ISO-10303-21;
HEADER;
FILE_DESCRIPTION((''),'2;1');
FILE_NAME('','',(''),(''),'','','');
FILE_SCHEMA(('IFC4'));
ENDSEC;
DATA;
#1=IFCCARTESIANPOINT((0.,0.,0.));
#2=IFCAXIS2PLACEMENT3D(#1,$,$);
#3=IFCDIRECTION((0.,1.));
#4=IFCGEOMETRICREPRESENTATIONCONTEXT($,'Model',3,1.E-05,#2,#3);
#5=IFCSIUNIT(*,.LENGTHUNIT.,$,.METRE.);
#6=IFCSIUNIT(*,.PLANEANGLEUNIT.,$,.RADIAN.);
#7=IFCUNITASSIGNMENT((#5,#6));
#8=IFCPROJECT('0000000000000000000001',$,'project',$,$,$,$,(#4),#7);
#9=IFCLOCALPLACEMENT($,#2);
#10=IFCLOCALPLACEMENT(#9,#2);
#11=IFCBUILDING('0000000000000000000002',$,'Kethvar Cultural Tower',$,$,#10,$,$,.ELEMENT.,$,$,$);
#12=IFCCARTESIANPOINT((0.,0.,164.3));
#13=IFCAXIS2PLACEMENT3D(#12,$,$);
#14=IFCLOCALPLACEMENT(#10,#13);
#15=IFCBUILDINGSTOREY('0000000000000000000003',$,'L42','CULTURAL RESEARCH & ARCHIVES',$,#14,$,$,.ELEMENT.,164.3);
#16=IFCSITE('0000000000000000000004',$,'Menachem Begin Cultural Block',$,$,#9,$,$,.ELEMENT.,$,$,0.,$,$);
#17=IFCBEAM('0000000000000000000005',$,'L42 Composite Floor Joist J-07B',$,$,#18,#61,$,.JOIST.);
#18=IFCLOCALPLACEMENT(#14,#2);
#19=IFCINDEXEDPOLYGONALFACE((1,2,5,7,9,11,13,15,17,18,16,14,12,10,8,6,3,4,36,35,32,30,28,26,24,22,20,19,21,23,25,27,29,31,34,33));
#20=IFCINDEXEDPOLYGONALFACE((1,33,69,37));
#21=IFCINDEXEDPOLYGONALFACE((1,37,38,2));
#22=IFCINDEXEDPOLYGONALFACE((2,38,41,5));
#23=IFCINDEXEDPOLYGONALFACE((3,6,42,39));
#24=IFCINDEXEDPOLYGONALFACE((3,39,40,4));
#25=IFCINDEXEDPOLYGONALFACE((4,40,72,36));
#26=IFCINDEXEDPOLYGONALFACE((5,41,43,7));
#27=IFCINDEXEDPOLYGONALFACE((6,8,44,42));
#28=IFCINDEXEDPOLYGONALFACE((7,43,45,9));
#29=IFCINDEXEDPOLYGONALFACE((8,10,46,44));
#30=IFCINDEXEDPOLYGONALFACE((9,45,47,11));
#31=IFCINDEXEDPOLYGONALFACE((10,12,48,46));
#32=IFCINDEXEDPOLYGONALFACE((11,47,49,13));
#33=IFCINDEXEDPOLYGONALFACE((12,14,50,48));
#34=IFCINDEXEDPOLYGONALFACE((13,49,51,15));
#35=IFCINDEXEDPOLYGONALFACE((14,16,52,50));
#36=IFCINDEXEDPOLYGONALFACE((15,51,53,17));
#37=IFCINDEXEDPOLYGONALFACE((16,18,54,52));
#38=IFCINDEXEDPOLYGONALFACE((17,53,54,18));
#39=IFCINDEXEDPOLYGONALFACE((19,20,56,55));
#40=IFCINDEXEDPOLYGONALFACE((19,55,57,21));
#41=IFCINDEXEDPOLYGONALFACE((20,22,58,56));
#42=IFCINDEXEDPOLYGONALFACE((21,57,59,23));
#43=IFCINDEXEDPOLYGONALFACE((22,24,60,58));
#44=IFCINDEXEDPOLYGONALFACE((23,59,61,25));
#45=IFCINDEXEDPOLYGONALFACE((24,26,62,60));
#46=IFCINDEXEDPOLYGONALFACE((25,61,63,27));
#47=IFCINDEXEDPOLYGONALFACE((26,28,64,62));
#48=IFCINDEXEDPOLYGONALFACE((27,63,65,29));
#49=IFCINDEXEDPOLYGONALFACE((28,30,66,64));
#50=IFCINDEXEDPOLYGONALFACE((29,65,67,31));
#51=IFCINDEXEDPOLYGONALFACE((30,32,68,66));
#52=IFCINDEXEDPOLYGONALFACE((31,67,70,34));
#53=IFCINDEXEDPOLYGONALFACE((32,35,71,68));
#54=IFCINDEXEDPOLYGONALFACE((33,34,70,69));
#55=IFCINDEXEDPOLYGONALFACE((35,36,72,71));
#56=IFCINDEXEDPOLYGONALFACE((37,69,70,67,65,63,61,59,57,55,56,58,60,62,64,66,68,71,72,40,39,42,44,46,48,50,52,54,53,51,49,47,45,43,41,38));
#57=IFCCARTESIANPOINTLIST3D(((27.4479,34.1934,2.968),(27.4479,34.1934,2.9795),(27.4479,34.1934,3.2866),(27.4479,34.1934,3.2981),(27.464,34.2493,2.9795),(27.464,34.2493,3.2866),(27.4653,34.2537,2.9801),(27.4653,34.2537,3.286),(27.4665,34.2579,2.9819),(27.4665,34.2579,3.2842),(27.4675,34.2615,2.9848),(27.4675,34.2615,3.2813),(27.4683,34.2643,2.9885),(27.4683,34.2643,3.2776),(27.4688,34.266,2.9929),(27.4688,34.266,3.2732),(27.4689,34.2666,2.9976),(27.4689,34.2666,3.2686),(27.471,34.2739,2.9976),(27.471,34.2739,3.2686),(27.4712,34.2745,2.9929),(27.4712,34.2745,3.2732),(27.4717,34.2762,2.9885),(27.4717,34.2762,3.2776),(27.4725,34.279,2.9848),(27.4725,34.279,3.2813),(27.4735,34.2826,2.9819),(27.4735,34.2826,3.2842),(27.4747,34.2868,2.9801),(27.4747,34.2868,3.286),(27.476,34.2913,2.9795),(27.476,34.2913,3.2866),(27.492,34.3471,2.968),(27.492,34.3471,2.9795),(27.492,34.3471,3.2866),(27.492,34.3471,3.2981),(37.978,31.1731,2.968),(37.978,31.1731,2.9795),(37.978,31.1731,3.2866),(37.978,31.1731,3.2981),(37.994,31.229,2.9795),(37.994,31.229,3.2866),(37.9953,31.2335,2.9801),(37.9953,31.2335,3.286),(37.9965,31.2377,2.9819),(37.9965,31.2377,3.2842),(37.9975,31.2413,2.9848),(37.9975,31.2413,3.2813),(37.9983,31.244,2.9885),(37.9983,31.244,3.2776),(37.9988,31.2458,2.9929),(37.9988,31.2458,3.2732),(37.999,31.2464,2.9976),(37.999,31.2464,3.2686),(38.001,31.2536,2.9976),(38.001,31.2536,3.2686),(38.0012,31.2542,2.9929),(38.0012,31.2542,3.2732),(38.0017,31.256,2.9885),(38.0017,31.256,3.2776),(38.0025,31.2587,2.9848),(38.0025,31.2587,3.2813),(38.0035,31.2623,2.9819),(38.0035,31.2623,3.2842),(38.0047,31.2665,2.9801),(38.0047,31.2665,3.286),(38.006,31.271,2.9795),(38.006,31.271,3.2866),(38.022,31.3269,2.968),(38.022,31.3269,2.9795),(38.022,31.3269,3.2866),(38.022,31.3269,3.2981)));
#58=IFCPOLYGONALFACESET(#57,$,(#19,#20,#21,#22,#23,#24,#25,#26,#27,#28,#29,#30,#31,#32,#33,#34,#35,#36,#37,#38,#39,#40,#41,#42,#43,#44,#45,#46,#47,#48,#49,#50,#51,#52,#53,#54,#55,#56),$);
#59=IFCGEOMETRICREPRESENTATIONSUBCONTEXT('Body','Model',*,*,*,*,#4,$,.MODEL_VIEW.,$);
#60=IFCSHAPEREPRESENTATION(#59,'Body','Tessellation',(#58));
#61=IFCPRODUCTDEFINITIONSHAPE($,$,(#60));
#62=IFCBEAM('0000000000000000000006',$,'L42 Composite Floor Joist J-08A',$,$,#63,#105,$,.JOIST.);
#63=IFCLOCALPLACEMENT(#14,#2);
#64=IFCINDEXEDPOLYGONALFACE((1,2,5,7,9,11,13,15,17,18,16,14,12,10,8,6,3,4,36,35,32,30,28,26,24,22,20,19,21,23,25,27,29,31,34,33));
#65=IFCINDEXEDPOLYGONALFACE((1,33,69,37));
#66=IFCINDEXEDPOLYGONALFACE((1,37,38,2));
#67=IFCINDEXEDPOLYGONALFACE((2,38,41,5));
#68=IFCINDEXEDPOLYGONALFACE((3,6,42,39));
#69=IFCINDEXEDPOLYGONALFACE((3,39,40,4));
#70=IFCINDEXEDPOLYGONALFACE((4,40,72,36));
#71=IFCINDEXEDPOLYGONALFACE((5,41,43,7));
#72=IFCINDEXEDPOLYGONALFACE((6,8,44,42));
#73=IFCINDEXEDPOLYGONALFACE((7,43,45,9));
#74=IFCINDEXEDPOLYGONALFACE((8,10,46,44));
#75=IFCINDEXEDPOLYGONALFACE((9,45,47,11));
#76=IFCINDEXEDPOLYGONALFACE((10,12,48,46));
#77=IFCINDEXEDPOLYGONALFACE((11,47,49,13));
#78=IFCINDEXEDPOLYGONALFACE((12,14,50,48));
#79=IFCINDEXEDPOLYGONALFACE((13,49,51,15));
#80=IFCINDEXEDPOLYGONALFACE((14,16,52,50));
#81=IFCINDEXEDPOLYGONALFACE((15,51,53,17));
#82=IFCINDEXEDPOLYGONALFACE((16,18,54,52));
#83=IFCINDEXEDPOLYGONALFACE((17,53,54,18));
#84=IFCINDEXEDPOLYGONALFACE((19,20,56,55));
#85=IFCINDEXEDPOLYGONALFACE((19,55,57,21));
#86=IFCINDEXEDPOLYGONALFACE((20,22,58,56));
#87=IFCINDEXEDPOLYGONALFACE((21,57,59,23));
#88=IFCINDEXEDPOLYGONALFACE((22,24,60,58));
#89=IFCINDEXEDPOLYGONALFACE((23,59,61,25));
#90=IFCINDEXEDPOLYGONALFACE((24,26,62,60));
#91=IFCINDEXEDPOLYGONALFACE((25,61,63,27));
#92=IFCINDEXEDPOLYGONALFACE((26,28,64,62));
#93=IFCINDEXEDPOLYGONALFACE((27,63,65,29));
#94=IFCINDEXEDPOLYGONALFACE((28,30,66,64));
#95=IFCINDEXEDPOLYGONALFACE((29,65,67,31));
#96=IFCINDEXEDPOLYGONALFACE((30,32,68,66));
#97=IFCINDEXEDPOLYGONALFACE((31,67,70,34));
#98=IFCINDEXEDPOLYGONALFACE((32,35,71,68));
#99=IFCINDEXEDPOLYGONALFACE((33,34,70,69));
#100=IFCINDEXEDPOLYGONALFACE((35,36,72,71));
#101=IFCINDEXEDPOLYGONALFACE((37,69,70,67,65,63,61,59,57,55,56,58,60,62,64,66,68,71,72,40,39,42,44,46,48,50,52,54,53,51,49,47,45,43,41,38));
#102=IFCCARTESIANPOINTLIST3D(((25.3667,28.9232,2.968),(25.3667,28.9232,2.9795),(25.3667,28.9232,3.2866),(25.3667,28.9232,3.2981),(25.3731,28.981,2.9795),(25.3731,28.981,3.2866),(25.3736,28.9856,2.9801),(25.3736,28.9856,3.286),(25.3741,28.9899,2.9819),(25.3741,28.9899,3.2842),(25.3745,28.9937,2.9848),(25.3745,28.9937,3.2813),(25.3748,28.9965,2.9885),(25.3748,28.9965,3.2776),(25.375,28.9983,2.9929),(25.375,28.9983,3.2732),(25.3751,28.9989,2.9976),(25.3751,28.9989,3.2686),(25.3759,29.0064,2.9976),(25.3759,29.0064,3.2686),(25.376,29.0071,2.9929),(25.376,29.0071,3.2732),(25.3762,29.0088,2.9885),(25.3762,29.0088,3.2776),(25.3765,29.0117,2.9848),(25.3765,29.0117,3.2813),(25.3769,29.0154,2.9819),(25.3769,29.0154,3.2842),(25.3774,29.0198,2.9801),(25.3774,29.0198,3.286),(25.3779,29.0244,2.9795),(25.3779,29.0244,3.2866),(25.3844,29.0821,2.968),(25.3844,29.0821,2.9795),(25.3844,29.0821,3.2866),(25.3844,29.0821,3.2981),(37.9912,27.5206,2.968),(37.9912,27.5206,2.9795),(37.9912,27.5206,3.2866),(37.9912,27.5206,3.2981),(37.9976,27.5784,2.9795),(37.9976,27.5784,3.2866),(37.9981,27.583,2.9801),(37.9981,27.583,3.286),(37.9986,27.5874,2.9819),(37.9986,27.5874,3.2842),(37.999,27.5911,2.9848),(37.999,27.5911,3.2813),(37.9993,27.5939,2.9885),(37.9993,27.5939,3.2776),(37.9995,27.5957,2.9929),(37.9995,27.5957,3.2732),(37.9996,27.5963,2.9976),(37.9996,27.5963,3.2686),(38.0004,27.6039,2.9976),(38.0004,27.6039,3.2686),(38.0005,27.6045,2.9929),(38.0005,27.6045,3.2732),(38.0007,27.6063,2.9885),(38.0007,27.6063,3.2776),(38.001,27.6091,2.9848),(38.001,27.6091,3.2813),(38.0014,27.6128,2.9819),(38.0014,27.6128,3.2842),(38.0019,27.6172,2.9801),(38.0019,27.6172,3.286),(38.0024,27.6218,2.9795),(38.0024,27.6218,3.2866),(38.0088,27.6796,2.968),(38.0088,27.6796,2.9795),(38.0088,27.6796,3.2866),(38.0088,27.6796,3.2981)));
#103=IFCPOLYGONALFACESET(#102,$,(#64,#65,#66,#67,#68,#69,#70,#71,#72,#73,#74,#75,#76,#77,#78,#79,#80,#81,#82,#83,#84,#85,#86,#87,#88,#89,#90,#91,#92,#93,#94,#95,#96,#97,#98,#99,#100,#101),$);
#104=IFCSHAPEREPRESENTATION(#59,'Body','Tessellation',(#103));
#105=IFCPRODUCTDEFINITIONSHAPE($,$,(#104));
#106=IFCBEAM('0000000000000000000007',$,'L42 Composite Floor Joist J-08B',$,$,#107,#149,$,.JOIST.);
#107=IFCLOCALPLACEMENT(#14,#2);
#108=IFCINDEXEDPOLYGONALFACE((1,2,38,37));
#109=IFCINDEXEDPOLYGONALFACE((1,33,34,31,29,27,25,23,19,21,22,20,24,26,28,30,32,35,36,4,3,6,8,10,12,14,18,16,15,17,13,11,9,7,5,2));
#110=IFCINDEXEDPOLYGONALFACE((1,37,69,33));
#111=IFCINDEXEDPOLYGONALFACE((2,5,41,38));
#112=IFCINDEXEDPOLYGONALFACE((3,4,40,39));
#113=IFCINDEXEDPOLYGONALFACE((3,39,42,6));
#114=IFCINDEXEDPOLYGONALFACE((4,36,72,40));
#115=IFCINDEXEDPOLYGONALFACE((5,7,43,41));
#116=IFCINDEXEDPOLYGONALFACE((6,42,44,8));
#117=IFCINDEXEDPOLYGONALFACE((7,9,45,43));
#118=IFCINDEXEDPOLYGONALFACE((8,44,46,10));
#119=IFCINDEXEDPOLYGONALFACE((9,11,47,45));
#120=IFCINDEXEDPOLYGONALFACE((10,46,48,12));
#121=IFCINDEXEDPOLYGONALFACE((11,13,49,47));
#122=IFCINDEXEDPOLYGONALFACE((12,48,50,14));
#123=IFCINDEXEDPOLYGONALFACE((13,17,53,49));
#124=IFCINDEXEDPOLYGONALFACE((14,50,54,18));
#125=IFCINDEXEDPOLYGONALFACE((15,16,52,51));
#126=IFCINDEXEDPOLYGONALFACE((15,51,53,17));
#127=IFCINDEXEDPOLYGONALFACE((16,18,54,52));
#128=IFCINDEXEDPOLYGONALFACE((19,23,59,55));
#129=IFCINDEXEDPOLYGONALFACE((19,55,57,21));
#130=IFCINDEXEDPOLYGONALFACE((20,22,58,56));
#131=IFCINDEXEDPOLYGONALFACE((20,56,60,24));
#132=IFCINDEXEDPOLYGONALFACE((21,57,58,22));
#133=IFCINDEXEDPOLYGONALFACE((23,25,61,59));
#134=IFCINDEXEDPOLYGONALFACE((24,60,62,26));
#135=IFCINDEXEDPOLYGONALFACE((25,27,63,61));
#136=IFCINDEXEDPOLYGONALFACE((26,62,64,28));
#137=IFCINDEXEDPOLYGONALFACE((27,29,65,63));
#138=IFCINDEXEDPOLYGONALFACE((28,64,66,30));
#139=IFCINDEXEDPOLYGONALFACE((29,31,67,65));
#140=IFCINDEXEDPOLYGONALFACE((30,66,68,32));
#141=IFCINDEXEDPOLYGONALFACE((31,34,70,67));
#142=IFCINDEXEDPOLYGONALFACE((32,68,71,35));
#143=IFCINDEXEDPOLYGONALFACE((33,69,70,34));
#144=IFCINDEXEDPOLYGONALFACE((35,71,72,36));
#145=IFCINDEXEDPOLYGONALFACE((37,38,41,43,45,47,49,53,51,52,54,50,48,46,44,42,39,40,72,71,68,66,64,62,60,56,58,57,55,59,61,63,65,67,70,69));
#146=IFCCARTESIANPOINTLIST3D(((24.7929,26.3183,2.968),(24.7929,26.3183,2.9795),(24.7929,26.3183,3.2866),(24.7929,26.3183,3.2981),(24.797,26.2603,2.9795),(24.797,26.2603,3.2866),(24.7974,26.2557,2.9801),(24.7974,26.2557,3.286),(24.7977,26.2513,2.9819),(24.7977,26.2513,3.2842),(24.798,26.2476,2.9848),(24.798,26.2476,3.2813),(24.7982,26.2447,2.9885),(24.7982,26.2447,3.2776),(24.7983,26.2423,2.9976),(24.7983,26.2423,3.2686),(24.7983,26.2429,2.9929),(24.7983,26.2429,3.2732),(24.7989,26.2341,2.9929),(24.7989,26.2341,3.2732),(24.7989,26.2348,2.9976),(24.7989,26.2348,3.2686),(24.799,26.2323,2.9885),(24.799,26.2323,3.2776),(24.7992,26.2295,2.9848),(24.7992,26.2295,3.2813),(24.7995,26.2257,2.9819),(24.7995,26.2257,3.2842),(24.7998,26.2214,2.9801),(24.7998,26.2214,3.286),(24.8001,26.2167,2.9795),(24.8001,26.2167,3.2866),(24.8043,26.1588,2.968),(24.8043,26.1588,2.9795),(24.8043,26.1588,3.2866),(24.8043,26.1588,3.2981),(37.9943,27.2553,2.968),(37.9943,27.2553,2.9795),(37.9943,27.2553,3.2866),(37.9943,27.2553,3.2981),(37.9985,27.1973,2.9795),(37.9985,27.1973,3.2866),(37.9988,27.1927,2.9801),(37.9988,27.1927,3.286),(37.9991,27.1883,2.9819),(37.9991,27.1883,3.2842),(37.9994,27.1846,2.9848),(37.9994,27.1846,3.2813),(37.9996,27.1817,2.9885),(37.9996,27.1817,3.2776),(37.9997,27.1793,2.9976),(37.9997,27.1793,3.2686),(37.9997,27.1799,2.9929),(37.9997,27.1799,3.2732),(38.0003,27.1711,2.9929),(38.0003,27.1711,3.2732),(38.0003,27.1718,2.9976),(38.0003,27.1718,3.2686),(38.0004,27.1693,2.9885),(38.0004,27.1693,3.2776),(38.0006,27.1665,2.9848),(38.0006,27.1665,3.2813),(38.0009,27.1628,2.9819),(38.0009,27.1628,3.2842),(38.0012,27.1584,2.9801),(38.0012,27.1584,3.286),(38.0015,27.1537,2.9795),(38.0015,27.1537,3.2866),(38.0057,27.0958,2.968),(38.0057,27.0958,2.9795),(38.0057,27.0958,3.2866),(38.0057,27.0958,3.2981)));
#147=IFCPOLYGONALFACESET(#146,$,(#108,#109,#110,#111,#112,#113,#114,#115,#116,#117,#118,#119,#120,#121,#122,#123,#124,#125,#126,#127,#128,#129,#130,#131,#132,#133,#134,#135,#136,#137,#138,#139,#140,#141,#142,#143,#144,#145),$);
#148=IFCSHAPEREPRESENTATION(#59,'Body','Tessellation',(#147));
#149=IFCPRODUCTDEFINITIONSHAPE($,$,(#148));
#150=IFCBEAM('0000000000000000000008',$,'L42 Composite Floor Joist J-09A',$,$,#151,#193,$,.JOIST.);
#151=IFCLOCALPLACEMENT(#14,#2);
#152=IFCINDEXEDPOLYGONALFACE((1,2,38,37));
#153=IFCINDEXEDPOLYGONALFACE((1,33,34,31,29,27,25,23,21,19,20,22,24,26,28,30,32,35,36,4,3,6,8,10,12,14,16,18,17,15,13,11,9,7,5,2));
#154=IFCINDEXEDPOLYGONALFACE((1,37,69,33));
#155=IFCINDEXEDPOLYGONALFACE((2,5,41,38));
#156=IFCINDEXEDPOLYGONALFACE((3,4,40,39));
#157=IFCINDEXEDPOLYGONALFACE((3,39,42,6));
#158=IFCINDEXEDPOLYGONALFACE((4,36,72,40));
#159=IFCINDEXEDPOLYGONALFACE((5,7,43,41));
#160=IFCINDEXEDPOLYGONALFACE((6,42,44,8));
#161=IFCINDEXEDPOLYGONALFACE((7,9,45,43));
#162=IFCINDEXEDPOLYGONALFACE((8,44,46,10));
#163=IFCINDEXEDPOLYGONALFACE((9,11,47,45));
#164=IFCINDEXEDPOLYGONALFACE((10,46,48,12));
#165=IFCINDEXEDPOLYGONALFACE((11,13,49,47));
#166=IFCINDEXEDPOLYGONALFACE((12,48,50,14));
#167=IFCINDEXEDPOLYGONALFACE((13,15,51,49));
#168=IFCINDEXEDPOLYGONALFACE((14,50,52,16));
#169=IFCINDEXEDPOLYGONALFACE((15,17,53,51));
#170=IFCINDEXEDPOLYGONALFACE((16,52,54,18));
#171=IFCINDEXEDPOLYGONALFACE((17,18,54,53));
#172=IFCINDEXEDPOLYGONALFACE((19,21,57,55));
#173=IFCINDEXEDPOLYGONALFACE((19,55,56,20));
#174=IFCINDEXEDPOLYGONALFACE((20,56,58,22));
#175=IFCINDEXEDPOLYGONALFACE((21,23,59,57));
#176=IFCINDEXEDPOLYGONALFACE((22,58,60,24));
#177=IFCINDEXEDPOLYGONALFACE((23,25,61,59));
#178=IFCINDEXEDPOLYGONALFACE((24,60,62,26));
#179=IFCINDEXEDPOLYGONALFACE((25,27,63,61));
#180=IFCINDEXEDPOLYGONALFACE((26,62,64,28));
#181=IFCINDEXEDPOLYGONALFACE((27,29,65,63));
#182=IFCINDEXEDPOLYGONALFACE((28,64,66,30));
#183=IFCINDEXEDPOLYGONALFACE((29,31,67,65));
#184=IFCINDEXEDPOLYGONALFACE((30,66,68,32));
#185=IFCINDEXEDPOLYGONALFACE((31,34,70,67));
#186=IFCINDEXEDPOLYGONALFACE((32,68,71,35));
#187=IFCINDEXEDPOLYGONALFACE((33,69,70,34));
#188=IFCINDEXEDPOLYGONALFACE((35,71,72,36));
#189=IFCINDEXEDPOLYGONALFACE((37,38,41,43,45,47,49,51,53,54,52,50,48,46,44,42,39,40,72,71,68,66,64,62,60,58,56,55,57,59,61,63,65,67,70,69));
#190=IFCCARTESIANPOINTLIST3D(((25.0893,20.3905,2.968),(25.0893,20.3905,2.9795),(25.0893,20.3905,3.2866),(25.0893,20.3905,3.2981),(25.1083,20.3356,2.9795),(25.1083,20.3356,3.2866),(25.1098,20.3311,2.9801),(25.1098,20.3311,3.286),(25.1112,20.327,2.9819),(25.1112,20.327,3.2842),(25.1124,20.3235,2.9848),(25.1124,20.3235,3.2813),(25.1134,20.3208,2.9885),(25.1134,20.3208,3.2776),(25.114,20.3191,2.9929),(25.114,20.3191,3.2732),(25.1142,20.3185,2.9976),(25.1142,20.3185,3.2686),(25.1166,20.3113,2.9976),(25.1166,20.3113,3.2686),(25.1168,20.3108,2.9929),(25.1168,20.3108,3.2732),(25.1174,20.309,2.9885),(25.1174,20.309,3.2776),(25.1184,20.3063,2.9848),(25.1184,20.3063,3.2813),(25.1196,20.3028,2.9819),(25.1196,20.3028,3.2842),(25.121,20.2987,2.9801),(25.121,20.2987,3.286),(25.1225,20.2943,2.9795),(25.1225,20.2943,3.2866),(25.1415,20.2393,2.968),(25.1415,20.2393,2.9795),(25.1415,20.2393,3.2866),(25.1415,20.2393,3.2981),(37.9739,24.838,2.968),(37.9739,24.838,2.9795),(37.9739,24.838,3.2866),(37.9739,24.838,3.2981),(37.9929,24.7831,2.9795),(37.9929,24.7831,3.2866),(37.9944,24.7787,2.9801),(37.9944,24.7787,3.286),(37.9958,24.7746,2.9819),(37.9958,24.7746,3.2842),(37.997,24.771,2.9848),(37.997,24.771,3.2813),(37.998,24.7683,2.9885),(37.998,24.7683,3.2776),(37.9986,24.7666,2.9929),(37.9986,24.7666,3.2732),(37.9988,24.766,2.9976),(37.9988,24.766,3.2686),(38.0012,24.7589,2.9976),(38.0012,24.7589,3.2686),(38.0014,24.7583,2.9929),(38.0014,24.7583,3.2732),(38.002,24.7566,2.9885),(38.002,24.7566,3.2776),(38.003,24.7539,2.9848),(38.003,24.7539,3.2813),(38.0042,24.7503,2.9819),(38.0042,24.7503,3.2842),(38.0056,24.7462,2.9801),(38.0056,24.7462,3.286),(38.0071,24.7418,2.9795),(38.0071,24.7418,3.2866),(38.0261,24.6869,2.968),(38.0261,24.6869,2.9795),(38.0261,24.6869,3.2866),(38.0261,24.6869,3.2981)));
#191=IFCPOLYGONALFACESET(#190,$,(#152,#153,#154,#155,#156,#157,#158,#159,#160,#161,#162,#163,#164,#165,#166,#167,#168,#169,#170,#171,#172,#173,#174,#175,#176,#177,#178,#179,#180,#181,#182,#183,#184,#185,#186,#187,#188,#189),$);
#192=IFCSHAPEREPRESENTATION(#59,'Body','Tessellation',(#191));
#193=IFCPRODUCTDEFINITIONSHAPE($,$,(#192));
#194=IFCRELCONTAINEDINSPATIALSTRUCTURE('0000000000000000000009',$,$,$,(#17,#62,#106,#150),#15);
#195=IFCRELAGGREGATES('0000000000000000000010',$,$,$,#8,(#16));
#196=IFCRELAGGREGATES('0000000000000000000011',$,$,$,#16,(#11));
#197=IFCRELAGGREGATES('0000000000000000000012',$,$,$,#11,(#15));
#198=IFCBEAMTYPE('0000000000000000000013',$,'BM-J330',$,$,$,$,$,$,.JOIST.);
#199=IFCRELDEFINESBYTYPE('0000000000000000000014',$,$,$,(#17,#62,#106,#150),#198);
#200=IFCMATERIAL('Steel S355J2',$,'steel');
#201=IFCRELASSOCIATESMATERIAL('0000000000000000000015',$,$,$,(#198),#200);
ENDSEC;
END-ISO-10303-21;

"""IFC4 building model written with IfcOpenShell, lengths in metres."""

from ifc_helpers import new_model, si_unit, direction, frame, origin, origin_2d, place, context, subcontext, project, spatial, i_section, extrude, source, transform, mapped, material, material_profile, profile_set, type_object, element, save


model = new_model("IFC4")

# Units and contexts
model_context = context("Model", 3, precision=1e-05, world=origin(), true_north=direction((0.0, 1.0)))
body_context = subcontext(model_context, "Body", "Model", "MODEL_VIEW")
ifc_project = project(units=[si_unit("LENGTHUNIT", "METRE"), si_unit("PLANEANGLEUNIT", "RADIAN")], contexts=[model_context])

# Site, building, storey
site_placement = place(None, origin())
site = spatial("IfcSite", under=ifc_project, at=site_placement, Name="Menachem Begin Cultural Block", CompositionType="ELEMENT", RefElevation=0.0)
building_placement = place(site_placement, origin())
building = spatial("IfcBuilding", under=site, at=building_placement, Name="Kethvar Cultural Tower", CompositionType="ELEMENT")
storey_placement = place(building_placement, frame((0.0, 0.0, 164.3)))
storey = spatial("IfcBuildingStorey", under=building, at=storey_placement, Name="L42", Description="CULTURAL RESEARCH & ARCHIVES", CompositionType="ELEMENT", Elevation=164.3)

# Beams
ifc_material_1 = material(Name="Steel S355J2", Category="steel")
ifc_material_profile_1 = material_profile(ifc_material_1, i_section(OverallWidth=0.1599, OverallDepth=0.3301, WebThickness=0.0076, FlangeThickness=0.0115, FilletRadius=0.0181, at=origin_2d()), Name="Steel S355J2 — IPE330")
ifc_profile_set_1 = profile_set([ifc_material_profile_1], Name="Steel S355J2 — IPE330")
beam_type_1 = type_object("IfcBeamType", Name="BM-J330", PredefinedType="JOIST", material=ifc_profile_set_1)
shared_shape_1 = source(origin(), body_context, "Body", "SweptSolid", [
    extrude(i_section(OverallWidth=0.1599, OverallDepth=0.3301, WebThickness=0.0076, FlangeThickness=0.0115, FilletRadius=0.0181, at=origin_2d()), origin(), (0.0, 0.0, 1.0), 10.9546),
])
beam_1_placement = place(storey_placement, frame((38.0, 31.25, 3.1331), z_axis=(-0.961242, 0.275707, 0.0), x_axis=(-0.275707, -0.961242, 0.0)))
element("IfcBeam", 1, at=beam_1_placement, inside=storey, type_object=beam_type_1, Name="L42 Composite Floor Joist J-07B", PredefinedType="JOIST", context=body_context, shape_type="MappedRepresentation", body=[
    mapped(shared_shape_1, transform((0.0, 0.0, 0.0), scale=1.0)),
])
shared_shape_2 = source(origin(), body_context, "Body", "SweptSolid", [
    extrude(i_section(OverallWidth=0.1599, OverallDepth=0.3301, WebThickness=0.0076, FlangeThickness=0.0115, FilletRadius=0.0181, at=origin_2d()), origin(), (0.0, 0.0, 1.0), 12.7021),
])
beam_2_placement = place(storey_placement, frame((38.0, 27.6001, 3.1331), z_axis=(-0.993885, 0.110421, 0.0), x_axis=(-0.110421, -0.993885, 0.0)))
element("IfcBeam", 2, at=beam_2_placement, inside=storey, type_object=beam_type_1, Name="L42 Composite Floor Joist J-08A", PredefinedType="JOIST", context=body_context, shape_type="MappedRepresentation", body=[
    mapped(shared_shape_2, transform((0.0, 0.0, 0.0), scale=1.0)),
])
shared_shape_3 = source(origin(), body_context, "Body", "SweptSolid", [
    extrude(i_section(OverallWidth=0.1599, OverallDepth=0.3301, WebThickness=0.0076, FlangeThickness=0.0115, FilletRadius=0.0181, at=origin_2d()), origin(), (0.0, 0.0, 1.0), 13.2346),
])
beam_3_placement = place(storey_placement, frame((38.0, 27.1755, 3.1331), z_axis=(-0.997491, -0.0708, 0.0), x_axis=(0.0708, -0.997491, 0.0)))
element("IfcBeam", 3, at=beam_3_placement, inside=storey, type_object=beam_type_1, Name="L42 Composite Floor Joist J-08B", PredefinedType="JOIST", context=body_context, shape_type="MappedRepresentation", body=[
    mapped(shared_shape_3, transform((0.0, 0.0, 0.0), scale=1.0)),
])
shared_shape_4 = source(origin(), body_context, "Body", "SweptSolid", [
    extrude(i_section(OverallWidth=0.1599, OverallDepth=0.3301, WebThickness=0.0076, FlangeThickness=0.0115, FilletRadius=0.0181, at=origin_2d()), origin(), (0.0, 0.0, 1.0), 13.6306),
])
beam_4_placement = place(storey_placement, frame((38.0, 24.7625, 3.1331), z_axis=(-0.94527, -0.32629, 0.0), x_axis=(0.32629, -0.94527, 0.0)))
element("IfcBeam", 4, at=beam_4_placement, inside=storey, type_object=beam_type_1, Name="L42 Composite Floor Joist J-09A", PredefinedType="JOIST", context=body_context, shape_type="MappedRepresentation", body=[
    mapped(shared_shape_4, transform((0.0, 0.0, 0.0), scale=1.0)),
])

save(model, "model.ifc")
